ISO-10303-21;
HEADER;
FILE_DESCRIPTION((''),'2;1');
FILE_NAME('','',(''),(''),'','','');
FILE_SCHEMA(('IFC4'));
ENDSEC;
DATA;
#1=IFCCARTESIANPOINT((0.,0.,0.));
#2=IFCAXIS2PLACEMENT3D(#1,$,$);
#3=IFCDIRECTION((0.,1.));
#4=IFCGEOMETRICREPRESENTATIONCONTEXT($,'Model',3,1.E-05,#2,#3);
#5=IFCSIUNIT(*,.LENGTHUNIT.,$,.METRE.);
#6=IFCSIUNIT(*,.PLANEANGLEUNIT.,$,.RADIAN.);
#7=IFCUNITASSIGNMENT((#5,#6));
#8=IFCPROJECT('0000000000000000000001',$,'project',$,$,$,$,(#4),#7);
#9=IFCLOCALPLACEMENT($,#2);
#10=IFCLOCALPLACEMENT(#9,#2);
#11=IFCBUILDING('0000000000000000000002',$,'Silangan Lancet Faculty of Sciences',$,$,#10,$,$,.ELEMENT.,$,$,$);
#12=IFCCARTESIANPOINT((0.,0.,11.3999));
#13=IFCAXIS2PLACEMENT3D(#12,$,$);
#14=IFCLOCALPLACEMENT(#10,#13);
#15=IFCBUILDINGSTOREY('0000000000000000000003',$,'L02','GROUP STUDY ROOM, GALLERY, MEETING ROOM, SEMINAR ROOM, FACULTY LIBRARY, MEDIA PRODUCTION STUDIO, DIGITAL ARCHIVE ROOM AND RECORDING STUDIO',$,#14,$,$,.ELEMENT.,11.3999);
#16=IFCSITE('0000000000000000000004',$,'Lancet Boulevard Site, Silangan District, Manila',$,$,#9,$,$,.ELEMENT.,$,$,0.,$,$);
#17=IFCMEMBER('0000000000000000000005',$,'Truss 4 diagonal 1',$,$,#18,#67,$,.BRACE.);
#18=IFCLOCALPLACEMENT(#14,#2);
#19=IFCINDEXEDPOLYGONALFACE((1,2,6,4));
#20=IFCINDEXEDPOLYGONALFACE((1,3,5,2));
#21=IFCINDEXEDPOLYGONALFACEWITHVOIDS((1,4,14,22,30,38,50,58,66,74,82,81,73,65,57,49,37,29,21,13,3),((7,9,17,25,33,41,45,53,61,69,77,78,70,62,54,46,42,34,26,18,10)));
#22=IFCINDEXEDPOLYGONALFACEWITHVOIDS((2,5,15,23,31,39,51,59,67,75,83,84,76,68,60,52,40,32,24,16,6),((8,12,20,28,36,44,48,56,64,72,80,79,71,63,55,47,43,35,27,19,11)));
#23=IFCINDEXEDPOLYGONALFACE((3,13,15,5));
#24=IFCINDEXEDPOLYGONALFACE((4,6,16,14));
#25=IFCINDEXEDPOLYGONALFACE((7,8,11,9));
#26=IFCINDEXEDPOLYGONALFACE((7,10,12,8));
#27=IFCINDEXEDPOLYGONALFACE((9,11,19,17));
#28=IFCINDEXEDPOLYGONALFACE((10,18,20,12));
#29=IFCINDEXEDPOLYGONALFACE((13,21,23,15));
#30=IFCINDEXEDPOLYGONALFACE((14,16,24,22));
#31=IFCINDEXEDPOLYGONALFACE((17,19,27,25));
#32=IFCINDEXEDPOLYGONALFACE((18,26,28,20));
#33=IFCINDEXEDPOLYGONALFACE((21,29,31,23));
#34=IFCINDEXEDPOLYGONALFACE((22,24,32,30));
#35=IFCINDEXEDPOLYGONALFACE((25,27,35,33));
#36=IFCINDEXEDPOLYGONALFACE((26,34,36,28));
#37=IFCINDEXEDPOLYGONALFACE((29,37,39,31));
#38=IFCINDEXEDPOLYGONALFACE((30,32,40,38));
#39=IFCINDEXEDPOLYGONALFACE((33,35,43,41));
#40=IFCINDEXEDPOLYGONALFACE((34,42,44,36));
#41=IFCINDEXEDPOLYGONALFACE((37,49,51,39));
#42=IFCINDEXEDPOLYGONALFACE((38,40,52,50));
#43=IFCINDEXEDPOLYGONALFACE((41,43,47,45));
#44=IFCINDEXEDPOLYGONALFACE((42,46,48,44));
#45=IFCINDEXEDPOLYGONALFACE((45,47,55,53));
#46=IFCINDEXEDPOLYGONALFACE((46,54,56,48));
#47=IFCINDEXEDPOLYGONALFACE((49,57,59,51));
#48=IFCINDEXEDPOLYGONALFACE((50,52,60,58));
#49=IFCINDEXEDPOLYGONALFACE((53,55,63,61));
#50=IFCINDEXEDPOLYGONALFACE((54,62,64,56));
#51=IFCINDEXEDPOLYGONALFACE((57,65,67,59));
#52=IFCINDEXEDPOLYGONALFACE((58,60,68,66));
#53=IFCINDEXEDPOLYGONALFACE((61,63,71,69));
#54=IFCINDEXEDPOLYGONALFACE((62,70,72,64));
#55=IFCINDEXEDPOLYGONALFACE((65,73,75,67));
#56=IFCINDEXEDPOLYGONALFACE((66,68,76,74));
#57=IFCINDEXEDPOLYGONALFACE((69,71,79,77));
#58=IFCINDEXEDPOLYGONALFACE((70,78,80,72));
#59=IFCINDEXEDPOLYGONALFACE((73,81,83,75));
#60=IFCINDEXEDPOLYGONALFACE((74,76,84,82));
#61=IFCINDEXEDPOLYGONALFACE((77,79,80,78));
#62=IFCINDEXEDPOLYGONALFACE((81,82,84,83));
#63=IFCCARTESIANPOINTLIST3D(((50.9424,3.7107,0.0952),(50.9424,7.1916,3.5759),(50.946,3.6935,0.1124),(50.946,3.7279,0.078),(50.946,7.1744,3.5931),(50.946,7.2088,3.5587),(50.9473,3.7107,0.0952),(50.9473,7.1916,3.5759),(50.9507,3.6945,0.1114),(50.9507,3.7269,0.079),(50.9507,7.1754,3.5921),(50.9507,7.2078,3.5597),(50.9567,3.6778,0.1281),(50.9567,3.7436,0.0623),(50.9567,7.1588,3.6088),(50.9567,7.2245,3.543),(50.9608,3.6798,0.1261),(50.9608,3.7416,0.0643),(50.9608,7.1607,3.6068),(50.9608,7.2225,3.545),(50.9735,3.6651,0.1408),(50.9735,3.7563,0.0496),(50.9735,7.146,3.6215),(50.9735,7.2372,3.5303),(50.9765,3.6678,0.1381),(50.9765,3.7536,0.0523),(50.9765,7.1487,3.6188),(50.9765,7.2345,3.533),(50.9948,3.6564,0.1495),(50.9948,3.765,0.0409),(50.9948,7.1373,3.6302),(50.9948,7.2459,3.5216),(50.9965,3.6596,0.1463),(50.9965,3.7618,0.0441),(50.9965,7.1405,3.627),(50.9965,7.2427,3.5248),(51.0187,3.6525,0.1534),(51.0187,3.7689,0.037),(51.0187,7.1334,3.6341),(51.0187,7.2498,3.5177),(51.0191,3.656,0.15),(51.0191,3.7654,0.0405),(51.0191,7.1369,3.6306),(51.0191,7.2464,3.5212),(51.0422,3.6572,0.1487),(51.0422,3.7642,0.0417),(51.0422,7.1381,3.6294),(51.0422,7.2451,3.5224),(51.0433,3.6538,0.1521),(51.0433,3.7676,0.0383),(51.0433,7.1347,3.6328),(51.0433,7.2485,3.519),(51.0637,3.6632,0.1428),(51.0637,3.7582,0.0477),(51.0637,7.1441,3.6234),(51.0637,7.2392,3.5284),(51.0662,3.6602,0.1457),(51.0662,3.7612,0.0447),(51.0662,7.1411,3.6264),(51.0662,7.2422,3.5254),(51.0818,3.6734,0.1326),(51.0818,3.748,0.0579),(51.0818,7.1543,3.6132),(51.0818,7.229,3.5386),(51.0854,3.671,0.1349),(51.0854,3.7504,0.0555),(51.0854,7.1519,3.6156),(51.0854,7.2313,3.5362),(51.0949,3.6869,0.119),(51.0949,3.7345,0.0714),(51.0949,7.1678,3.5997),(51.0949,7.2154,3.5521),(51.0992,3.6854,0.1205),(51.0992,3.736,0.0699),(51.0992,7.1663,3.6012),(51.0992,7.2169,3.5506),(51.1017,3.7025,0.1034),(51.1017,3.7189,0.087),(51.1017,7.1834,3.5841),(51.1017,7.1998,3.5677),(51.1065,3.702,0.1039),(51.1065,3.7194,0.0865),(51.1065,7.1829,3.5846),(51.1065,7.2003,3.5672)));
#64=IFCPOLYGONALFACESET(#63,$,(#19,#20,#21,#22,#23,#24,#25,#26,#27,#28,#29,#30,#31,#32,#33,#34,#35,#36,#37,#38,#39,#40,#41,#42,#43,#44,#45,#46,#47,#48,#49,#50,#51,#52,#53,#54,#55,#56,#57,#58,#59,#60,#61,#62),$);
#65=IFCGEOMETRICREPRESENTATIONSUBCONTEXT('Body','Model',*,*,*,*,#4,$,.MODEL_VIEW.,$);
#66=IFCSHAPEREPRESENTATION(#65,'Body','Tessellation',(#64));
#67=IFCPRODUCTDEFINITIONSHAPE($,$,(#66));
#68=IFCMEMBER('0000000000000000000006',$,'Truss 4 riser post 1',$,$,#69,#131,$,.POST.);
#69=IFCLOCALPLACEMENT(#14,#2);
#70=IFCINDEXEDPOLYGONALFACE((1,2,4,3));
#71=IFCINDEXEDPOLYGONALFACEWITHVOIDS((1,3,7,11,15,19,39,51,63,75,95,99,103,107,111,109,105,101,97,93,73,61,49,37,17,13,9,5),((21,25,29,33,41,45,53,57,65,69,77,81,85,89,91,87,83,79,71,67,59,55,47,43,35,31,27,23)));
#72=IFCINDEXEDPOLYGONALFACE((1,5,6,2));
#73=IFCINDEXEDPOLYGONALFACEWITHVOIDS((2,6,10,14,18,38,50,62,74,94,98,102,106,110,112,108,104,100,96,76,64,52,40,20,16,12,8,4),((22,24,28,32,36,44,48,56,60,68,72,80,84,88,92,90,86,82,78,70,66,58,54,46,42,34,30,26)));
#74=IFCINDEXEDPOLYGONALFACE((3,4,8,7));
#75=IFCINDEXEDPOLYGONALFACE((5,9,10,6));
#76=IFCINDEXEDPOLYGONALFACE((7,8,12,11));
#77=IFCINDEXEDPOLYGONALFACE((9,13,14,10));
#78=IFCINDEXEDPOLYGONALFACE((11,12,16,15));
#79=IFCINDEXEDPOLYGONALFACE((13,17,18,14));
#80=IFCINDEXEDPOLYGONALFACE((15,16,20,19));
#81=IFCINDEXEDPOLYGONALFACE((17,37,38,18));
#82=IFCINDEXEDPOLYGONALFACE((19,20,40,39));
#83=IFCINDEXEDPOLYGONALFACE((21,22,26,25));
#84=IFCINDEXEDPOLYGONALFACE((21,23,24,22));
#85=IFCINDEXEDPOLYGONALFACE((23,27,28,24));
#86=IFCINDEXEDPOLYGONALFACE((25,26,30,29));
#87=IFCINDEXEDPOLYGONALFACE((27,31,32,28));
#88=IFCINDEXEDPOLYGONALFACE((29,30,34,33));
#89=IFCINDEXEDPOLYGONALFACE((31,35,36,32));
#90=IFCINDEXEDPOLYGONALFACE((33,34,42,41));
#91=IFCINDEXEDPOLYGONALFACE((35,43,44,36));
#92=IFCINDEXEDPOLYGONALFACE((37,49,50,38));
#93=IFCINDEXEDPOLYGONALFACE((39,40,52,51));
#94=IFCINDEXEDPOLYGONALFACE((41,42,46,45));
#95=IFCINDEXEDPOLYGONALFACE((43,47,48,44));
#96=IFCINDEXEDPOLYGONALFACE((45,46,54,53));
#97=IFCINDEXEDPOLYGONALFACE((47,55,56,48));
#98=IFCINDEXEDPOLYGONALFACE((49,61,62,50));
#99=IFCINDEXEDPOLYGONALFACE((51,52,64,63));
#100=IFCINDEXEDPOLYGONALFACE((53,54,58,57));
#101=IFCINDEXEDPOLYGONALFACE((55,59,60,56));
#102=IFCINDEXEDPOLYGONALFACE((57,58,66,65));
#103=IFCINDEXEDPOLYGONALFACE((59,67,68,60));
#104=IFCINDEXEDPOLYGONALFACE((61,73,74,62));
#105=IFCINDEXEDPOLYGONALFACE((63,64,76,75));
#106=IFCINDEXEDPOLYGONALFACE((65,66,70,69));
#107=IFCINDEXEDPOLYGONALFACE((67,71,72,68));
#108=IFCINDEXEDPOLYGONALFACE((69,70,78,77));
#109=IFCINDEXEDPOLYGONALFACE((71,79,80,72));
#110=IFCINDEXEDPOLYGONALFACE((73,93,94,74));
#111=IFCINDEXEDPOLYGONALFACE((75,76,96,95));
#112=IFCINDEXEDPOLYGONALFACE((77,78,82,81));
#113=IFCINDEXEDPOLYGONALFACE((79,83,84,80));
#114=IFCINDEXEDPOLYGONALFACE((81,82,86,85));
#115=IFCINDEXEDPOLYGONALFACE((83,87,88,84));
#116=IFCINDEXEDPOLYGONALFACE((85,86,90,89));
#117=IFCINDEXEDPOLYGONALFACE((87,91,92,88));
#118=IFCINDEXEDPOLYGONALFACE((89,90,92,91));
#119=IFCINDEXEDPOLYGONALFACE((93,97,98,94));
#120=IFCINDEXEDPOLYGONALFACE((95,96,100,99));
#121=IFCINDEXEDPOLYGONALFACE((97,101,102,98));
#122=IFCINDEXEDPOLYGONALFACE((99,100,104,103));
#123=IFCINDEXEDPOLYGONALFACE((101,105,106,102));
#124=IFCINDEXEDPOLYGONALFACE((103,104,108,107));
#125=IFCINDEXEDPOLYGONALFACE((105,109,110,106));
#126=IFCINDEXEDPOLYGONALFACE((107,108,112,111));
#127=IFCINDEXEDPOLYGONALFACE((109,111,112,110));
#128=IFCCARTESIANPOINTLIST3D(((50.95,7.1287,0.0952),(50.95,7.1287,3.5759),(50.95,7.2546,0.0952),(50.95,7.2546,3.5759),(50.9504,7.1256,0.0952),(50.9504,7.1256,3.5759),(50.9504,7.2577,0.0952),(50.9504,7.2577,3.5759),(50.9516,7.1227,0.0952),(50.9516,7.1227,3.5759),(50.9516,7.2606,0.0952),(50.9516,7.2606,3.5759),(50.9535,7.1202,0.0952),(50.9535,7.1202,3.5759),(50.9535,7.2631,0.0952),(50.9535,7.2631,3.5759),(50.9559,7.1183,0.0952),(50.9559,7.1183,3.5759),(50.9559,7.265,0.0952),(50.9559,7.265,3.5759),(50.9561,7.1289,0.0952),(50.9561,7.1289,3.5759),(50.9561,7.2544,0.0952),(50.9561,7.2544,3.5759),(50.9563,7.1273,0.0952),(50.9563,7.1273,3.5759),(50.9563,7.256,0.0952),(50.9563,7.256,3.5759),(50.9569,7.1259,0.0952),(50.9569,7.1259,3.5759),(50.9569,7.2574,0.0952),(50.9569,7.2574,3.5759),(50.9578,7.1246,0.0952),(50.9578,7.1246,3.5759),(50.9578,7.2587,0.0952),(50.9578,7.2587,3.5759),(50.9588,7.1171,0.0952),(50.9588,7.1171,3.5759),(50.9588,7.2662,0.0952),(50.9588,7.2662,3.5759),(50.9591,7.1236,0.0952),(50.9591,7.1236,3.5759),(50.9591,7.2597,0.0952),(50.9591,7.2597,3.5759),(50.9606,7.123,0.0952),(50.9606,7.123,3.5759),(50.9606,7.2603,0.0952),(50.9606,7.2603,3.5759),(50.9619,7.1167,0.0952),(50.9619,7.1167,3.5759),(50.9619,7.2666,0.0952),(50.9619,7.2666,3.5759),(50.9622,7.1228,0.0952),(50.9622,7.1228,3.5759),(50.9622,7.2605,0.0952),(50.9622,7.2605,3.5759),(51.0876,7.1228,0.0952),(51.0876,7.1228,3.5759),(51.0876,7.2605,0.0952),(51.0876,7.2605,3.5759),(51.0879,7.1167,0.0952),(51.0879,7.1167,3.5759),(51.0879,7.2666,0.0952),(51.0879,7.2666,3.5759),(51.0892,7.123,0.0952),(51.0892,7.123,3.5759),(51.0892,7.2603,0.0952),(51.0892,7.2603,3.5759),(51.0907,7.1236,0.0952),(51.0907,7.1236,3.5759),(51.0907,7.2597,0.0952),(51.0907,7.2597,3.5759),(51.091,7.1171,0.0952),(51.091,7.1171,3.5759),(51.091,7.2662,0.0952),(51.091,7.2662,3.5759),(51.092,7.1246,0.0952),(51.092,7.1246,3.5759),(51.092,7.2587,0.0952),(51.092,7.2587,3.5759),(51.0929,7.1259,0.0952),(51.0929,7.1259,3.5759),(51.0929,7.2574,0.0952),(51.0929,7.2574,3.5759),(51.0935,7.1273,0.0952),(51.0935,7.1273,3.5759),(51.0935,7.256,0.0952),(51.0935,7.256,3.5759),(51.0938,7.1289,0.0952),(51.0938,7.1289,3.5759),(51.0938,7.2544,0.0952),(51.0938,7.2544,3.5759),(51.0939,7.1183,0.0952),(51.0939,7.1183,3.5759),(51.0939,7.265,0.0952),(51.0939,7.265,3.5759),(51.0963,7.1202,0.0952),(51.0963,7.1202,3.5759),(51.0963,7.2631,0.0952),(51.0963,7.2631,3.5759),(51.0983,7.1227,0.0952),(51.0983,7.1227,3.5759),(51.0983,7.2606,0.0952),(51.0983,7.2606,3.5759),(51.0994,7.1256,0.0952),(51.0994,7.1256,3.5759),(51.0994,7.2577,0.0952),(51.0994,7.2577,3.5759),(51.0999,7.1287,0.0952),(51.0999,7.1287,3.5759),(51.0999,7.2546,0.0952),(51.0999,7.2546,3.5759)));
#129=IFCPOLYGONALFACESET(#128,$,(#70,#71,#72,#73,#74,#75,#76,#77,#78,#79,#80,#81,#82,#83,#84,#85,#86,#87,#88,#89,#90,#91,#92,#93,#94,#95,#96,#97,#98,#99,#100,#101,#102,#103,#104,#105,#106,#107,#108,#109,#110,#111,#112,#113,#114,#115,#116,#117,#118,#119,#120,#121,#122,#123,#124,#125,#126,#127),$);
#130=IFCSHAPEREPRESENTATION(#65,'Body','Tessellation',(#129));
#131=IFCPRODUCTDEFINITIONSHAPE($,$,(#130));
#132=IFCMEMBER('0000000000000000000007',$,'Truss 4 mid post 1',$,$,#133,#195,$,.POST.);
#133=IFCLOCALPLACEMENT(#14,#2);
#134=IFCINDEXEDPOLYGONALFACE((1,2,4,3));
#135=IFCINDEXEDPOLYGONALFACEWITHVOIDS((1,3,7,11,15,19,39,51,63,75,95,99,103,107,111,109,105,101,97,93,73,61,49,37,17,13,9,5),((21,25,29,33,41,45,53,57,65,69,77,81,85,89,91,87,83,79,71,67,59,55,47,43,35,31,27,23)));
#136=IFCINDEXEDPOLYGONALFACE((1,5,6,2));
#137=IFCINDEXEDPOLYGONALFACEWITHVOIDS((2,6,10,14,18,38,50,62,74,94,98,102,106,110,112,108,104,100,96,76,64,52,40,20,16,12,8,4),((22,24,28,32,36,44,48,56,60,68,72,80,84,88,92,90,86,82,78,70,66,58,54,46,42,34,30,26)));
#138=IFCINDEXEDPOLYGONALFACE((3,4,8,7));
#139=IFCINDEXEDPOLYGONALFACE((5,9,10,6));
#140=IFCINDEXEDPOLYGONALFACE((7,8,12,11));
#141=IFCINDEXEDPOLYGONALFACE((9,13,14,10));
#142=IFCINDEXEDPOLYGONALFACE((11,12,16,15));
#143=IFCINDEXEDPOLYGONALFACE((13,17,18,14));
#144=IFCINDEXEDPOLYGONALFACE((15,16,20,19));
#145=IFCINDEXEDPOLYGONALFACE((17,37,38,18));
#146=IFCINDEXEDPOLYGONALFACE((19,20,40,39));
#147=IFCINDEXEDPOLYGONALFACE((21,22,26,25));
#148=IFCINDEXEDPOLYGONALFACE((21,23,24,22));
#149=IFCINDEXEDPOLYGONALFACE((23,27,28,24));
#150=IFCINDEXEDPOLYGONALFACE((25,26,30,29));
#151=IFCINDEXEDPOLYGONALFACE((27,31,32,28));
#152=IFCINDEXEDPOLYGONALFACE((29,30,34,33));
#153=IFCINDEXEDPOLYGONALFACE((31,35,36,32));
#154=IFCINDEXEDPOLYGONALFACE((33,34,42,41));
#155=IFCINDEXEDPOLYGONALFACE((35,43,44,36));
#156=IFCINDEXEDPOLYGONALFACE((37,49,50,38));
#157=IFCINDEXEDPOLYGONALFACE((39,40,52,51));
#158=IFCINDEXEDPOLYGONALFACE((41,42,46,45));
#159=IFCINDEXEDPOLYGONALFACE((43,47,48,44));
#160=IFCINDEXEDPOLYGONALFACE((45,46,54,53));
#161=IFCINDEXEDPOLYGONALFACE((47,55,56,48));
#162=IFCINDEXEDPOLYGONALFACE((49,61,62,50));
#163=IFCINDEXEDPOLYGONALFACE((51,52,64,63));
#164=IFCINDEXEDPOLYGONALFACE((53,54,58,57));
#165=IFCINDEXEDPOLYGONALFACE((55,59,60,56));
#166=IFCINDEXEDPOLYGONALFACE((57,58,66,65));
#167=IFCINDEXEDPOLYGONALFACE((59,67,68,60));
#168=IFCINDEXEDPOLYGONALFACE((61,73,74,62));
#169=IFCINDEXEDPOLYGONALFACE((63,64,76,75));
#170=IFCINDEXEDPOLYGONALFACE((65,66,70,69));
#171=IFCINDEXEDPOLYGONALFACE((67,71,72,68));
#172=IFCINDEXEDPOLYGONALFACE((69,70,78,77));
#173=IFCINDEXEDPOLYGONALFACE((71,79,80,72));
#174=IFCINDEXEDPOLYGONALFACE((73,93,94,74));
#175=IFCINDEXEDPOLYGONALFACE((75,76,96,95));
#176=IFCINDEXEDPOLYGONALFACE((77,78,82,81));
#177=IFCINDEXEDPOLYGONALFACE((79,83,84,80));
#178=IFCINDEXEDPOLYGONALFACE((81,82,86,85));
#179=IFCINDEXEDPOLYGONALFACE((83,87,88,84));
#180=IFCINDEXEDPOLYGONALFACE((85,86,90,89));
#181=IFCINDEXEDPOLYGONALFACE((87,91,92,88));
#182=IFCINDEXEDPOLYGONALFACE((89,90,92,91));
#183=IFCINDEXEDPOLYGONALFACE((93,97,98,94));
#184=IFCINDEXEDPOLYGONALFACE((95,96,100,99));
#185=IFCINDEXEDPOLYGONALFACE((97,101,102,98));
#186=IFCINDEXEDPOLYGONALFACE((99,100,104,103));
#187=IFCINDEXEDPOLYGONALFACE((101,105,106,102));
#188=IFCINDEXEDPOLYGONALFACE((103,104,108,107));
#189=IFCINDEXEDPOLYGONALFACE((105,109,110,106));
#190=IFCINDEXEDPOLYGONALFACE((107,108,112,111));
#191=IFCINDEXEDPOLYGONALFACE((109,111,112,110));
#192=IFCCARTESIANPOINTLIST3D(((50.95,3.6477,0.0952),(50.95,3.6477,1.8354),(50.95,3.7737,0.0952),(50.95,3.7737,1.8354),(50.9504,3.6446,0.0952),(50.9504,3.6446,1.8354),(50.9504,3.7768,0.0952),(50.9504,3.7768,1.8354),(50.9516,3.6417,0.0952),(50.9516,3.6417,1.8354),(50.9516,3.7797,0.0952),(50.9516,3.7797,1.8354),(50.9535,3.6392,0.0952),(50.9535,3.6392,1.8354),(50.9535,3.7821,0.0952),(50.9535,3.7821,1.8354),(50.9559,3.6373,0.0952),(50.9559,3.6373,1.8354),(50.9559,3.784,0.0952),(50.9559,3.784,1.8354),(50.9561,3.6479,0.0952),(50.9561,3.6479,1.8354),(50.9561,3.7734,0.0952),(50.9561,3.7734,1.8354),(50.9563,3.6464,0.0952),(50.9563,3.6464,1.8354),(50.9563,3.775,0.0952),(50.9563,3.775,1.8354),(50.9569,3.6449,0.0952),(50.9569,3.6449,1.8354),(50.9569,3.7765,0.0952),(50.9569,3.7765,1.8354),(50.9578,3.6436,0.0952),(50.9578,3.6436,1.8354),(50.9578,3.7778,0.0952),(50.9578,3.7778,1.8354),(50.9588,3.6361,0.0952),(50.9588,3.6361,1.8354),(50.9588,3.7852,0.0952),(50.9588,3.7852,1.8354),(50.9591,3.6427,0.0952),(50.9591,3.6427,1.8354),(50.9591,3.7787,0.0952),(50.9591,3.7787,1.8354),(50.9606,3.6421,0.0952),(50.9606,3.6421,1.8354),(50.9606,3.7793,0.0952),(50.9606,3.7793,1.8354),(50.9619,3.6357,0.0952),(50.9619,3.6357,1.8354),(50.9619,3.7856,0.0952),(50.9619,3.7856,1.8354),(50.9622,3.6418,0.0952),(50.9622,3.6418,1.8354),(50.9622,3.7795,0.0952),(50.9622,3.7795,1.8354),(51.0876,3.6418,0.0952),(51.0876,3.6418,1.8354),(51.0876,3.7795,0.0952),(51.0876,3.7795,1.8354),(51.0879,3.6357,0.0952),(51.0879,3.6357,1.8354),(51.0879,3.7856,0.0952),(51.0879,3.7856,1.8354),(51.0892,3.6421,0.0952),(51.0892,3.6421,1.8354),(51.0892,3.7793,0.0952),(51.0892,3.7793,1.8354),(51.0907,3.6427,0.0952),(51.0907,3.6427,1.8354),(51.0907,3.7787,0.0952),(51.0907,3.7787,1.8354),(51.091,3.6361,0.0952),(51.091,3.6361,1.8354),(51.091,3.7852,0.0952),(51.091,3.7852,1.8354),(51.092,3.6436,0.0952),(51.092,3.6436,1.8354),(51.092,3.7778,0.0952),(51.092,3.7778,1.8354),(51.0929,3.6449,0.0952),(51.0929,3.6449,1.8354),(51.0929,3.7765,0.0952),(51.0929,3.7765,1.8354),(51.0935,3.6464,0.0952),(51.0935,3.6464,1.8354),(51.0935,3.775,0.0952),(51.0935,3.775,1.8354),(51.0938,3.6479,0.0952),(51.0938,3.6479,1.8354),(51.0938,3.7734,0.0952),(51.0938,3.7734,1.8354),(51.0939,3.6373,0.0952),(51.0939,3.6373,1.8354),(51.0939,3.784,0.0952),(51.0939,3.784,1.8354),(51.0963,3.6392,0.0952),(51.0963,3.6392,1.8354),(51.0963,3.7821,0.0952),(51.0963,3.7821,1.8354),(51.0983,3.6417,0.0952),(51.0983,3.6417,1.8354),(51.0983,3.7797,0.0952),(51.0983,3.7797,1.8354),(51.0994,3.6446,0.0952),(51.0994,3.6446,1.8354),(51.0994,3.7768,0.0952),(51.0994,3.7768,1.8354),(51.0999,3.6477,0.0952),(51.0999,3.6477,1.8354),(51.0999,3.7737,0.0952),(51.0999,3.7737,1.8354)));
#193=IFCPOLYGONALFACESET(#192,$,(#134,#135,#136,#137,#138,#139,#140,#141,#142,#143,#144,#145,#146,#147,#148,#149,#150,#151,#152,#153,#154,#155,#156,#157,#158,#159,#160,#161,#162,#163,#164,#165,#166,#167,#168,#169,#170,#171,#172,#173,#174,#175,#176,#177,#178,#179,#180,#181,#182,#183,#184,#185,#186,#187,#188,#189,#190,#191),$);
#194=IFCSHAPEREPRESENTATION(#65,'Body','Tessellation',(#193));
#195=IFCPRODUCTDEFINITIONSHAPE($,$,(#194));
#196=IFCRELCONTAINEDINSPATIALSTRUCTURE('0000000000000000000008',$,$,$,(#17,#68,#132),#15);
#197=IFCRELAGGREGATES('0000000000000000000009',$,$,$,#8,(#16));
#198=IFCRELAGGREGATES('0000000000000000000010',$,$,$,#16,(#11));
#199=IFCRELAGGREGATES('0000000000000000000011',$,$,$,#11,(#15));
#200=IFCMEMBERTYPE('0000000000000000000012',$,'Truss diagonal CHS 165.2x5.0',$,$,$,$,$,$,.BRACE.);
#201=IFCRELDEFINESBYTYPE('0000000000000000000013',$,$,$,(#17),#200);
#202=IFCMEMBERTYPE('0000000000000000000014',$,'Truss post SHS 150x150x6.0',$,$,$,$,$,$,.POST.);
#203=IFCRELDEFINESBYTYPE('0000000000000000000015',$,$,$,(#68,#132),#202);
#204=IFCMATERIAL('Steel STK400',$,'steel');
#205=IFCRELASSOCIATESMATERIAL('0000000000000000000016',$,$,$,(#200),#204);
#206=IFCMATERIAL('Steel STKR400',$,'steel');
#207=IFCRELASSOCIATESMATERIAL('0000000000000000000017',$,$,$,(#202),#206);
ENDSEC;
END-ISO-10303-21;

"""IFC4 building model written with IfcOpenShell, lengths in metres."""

from ifc_helpers import new_model, si_unit, direction, frame, origin, origin_2d, place, context, subcontext, project, spatial, hollow_rectangle, hollow_circle, extrude, material, material_profile, profile_set, type_object, element, save


model = new_model("IFC4")

# Units and contexts
model_context = context("Model", 3, precision=1e-05, world=origin(), true_north=direction((0.0, 1.0)))
body_context = subcontext(model_context, "Body", "Model", "MODEL_VIEW")
ifc_project = project(units=[si_unit("LENGTHUNIT", "METRE"), si_unit("PLANEANGLEUNIT", "RADIAN")], contexts=[model_context])

# Site, building, storey
site_placement = place(None, origin())
site = spatial("IfcSite", under=ifc_project, at=site_placement, Name="Lancet Boulevard Site, Silangan District, Manila", CompositionType="ELEMENT", RefElevation=0.0)
building_placement = place(site_placement, origin())
building = spatial("IfcBuilding", under=site, at=building_placement, Name="Silangan Lancet Faculty of Sciences", CompositionType="ELEMENT")
storey_placement = place(building_placement, frame((0.0, 0.0, 11.3999)))
storey = spatial("IfcBuildingStorey", under=building, at=storey_placement, Name="L02", Description="GROUP STUDY ROOM, GALLERY, MEETING ROOM, SEMINAR ROOM, FACULTY LIBRARY, MEDIA PRODUCTION STUDIO, DIGITAL ARCHIVE ROOM AND RECORDING STUDIO", CompositionType="ELEMENT", Elevation=11.3999)

# Members
ifc_material_1 = material(Name="Steel STK400", Category="steel")
ifc_material_profile_1 = material_profile(ifc_material_1, hollow_circle(Radius=0.0825, WallThickness=0.0049, at=origin_2d()), Name="CHS 165.2x5.0")
ifc_profile_set_1 = profile_set([ifc_material_profile_1], Name="Steel STK400")
member_type_1 = type_object("IfcMemberType", Name="Truss diagonal CHS 165.2x5.0", PredefinedType="BRACE", material=ifc_profile_set_1)
member_1_placement = place(storey_placement, frame((51.0249, 3.7107, 0.0952), z_axis=(0.0, 0.707132, 0.707082), x_axis=(-1.0, 0.0, 0.0)))
element("IfcMember", 1, at=member_1_placement, inside=storey, type_object=member_type_1, Name="Truss 4 diagonal 1", PredefinedType="BRACE", context=body_context, shape_type="SweptSolid", body=[
    extrude(hollow_circle(Radius=0.0825, WallThickness=0.0049, at=origin_2d()), origin(), (0.0, 0.0, 1.0), 4.9226),
])
ifc_material_2 = material(Name="Steel STKR400", Category="steel")
ifc_material_profile_2 = material_profile(ifc_material_2, hollow_rectangle(XDim=0.1499, YDim=0.1499, WallThickness=0.0061, InnerFilletRadius=0.0061, OuterFilletRadius=0.012, at=origin_2d()), Name="SHS 150x150x6.0")
ifc_profile_set_2 = profile_set([ifc_material_profile_2], Name="Steel STKR400")
member_type_2 = type_object("IfcMemberType", Name="Truss post SHS 150x150x6.0", PredefinedType="POST", material=ifc_profile_set_2)
member_2_placement = place(storey_placement, frame((51.0249, 7.1917, 0.0952), z_axis=(0.0, 0.0, 1.0), x_axis=(1.0, 0.0, 0.0)))
element("IfcMember", 2, at=member_2_placement, inside=storey, type_object=member_type_2, Name="Truss 4 riser post 1", PredefinedType="POST", context=body_context, shape_type="SweptSolid", body=[
    extrude(hollow_rectangle(XDim=0.1499, YDim=0.1499, WallThickness=0.0061, InnerFilletRadius=0.0061, OuterFilletRadius=0.012, at=origin_2d()), origin(), (0.0, 0.0, 1.0), 3.4807),
])
member_3_placement = place(storey_placement, frame((51.0249, 3.7107, 0.0952), z_axis=(0.0, 0.0, 1.0), x_axis=(1.0, 0.0, 0.0)))
element("IfcMember", 3, at=member_3_placement, inside=storey, type_object=member_type_2, Name="Truss 4 mid post 1", PredefinedType="POST", context=body_context, shape_type="SweptSolid", body=[
    extrude(hollow_rectangle(XDim=0.1499, YDim=0.1499, WallThickness=0.0061, InnerFilletRadius=0.0061, OuterFilletRadius=0.012, at=origin_2d()), origin(), (0.0, 0.0, 1.0), 1.7402),
])

save(model, "model.ifc")
